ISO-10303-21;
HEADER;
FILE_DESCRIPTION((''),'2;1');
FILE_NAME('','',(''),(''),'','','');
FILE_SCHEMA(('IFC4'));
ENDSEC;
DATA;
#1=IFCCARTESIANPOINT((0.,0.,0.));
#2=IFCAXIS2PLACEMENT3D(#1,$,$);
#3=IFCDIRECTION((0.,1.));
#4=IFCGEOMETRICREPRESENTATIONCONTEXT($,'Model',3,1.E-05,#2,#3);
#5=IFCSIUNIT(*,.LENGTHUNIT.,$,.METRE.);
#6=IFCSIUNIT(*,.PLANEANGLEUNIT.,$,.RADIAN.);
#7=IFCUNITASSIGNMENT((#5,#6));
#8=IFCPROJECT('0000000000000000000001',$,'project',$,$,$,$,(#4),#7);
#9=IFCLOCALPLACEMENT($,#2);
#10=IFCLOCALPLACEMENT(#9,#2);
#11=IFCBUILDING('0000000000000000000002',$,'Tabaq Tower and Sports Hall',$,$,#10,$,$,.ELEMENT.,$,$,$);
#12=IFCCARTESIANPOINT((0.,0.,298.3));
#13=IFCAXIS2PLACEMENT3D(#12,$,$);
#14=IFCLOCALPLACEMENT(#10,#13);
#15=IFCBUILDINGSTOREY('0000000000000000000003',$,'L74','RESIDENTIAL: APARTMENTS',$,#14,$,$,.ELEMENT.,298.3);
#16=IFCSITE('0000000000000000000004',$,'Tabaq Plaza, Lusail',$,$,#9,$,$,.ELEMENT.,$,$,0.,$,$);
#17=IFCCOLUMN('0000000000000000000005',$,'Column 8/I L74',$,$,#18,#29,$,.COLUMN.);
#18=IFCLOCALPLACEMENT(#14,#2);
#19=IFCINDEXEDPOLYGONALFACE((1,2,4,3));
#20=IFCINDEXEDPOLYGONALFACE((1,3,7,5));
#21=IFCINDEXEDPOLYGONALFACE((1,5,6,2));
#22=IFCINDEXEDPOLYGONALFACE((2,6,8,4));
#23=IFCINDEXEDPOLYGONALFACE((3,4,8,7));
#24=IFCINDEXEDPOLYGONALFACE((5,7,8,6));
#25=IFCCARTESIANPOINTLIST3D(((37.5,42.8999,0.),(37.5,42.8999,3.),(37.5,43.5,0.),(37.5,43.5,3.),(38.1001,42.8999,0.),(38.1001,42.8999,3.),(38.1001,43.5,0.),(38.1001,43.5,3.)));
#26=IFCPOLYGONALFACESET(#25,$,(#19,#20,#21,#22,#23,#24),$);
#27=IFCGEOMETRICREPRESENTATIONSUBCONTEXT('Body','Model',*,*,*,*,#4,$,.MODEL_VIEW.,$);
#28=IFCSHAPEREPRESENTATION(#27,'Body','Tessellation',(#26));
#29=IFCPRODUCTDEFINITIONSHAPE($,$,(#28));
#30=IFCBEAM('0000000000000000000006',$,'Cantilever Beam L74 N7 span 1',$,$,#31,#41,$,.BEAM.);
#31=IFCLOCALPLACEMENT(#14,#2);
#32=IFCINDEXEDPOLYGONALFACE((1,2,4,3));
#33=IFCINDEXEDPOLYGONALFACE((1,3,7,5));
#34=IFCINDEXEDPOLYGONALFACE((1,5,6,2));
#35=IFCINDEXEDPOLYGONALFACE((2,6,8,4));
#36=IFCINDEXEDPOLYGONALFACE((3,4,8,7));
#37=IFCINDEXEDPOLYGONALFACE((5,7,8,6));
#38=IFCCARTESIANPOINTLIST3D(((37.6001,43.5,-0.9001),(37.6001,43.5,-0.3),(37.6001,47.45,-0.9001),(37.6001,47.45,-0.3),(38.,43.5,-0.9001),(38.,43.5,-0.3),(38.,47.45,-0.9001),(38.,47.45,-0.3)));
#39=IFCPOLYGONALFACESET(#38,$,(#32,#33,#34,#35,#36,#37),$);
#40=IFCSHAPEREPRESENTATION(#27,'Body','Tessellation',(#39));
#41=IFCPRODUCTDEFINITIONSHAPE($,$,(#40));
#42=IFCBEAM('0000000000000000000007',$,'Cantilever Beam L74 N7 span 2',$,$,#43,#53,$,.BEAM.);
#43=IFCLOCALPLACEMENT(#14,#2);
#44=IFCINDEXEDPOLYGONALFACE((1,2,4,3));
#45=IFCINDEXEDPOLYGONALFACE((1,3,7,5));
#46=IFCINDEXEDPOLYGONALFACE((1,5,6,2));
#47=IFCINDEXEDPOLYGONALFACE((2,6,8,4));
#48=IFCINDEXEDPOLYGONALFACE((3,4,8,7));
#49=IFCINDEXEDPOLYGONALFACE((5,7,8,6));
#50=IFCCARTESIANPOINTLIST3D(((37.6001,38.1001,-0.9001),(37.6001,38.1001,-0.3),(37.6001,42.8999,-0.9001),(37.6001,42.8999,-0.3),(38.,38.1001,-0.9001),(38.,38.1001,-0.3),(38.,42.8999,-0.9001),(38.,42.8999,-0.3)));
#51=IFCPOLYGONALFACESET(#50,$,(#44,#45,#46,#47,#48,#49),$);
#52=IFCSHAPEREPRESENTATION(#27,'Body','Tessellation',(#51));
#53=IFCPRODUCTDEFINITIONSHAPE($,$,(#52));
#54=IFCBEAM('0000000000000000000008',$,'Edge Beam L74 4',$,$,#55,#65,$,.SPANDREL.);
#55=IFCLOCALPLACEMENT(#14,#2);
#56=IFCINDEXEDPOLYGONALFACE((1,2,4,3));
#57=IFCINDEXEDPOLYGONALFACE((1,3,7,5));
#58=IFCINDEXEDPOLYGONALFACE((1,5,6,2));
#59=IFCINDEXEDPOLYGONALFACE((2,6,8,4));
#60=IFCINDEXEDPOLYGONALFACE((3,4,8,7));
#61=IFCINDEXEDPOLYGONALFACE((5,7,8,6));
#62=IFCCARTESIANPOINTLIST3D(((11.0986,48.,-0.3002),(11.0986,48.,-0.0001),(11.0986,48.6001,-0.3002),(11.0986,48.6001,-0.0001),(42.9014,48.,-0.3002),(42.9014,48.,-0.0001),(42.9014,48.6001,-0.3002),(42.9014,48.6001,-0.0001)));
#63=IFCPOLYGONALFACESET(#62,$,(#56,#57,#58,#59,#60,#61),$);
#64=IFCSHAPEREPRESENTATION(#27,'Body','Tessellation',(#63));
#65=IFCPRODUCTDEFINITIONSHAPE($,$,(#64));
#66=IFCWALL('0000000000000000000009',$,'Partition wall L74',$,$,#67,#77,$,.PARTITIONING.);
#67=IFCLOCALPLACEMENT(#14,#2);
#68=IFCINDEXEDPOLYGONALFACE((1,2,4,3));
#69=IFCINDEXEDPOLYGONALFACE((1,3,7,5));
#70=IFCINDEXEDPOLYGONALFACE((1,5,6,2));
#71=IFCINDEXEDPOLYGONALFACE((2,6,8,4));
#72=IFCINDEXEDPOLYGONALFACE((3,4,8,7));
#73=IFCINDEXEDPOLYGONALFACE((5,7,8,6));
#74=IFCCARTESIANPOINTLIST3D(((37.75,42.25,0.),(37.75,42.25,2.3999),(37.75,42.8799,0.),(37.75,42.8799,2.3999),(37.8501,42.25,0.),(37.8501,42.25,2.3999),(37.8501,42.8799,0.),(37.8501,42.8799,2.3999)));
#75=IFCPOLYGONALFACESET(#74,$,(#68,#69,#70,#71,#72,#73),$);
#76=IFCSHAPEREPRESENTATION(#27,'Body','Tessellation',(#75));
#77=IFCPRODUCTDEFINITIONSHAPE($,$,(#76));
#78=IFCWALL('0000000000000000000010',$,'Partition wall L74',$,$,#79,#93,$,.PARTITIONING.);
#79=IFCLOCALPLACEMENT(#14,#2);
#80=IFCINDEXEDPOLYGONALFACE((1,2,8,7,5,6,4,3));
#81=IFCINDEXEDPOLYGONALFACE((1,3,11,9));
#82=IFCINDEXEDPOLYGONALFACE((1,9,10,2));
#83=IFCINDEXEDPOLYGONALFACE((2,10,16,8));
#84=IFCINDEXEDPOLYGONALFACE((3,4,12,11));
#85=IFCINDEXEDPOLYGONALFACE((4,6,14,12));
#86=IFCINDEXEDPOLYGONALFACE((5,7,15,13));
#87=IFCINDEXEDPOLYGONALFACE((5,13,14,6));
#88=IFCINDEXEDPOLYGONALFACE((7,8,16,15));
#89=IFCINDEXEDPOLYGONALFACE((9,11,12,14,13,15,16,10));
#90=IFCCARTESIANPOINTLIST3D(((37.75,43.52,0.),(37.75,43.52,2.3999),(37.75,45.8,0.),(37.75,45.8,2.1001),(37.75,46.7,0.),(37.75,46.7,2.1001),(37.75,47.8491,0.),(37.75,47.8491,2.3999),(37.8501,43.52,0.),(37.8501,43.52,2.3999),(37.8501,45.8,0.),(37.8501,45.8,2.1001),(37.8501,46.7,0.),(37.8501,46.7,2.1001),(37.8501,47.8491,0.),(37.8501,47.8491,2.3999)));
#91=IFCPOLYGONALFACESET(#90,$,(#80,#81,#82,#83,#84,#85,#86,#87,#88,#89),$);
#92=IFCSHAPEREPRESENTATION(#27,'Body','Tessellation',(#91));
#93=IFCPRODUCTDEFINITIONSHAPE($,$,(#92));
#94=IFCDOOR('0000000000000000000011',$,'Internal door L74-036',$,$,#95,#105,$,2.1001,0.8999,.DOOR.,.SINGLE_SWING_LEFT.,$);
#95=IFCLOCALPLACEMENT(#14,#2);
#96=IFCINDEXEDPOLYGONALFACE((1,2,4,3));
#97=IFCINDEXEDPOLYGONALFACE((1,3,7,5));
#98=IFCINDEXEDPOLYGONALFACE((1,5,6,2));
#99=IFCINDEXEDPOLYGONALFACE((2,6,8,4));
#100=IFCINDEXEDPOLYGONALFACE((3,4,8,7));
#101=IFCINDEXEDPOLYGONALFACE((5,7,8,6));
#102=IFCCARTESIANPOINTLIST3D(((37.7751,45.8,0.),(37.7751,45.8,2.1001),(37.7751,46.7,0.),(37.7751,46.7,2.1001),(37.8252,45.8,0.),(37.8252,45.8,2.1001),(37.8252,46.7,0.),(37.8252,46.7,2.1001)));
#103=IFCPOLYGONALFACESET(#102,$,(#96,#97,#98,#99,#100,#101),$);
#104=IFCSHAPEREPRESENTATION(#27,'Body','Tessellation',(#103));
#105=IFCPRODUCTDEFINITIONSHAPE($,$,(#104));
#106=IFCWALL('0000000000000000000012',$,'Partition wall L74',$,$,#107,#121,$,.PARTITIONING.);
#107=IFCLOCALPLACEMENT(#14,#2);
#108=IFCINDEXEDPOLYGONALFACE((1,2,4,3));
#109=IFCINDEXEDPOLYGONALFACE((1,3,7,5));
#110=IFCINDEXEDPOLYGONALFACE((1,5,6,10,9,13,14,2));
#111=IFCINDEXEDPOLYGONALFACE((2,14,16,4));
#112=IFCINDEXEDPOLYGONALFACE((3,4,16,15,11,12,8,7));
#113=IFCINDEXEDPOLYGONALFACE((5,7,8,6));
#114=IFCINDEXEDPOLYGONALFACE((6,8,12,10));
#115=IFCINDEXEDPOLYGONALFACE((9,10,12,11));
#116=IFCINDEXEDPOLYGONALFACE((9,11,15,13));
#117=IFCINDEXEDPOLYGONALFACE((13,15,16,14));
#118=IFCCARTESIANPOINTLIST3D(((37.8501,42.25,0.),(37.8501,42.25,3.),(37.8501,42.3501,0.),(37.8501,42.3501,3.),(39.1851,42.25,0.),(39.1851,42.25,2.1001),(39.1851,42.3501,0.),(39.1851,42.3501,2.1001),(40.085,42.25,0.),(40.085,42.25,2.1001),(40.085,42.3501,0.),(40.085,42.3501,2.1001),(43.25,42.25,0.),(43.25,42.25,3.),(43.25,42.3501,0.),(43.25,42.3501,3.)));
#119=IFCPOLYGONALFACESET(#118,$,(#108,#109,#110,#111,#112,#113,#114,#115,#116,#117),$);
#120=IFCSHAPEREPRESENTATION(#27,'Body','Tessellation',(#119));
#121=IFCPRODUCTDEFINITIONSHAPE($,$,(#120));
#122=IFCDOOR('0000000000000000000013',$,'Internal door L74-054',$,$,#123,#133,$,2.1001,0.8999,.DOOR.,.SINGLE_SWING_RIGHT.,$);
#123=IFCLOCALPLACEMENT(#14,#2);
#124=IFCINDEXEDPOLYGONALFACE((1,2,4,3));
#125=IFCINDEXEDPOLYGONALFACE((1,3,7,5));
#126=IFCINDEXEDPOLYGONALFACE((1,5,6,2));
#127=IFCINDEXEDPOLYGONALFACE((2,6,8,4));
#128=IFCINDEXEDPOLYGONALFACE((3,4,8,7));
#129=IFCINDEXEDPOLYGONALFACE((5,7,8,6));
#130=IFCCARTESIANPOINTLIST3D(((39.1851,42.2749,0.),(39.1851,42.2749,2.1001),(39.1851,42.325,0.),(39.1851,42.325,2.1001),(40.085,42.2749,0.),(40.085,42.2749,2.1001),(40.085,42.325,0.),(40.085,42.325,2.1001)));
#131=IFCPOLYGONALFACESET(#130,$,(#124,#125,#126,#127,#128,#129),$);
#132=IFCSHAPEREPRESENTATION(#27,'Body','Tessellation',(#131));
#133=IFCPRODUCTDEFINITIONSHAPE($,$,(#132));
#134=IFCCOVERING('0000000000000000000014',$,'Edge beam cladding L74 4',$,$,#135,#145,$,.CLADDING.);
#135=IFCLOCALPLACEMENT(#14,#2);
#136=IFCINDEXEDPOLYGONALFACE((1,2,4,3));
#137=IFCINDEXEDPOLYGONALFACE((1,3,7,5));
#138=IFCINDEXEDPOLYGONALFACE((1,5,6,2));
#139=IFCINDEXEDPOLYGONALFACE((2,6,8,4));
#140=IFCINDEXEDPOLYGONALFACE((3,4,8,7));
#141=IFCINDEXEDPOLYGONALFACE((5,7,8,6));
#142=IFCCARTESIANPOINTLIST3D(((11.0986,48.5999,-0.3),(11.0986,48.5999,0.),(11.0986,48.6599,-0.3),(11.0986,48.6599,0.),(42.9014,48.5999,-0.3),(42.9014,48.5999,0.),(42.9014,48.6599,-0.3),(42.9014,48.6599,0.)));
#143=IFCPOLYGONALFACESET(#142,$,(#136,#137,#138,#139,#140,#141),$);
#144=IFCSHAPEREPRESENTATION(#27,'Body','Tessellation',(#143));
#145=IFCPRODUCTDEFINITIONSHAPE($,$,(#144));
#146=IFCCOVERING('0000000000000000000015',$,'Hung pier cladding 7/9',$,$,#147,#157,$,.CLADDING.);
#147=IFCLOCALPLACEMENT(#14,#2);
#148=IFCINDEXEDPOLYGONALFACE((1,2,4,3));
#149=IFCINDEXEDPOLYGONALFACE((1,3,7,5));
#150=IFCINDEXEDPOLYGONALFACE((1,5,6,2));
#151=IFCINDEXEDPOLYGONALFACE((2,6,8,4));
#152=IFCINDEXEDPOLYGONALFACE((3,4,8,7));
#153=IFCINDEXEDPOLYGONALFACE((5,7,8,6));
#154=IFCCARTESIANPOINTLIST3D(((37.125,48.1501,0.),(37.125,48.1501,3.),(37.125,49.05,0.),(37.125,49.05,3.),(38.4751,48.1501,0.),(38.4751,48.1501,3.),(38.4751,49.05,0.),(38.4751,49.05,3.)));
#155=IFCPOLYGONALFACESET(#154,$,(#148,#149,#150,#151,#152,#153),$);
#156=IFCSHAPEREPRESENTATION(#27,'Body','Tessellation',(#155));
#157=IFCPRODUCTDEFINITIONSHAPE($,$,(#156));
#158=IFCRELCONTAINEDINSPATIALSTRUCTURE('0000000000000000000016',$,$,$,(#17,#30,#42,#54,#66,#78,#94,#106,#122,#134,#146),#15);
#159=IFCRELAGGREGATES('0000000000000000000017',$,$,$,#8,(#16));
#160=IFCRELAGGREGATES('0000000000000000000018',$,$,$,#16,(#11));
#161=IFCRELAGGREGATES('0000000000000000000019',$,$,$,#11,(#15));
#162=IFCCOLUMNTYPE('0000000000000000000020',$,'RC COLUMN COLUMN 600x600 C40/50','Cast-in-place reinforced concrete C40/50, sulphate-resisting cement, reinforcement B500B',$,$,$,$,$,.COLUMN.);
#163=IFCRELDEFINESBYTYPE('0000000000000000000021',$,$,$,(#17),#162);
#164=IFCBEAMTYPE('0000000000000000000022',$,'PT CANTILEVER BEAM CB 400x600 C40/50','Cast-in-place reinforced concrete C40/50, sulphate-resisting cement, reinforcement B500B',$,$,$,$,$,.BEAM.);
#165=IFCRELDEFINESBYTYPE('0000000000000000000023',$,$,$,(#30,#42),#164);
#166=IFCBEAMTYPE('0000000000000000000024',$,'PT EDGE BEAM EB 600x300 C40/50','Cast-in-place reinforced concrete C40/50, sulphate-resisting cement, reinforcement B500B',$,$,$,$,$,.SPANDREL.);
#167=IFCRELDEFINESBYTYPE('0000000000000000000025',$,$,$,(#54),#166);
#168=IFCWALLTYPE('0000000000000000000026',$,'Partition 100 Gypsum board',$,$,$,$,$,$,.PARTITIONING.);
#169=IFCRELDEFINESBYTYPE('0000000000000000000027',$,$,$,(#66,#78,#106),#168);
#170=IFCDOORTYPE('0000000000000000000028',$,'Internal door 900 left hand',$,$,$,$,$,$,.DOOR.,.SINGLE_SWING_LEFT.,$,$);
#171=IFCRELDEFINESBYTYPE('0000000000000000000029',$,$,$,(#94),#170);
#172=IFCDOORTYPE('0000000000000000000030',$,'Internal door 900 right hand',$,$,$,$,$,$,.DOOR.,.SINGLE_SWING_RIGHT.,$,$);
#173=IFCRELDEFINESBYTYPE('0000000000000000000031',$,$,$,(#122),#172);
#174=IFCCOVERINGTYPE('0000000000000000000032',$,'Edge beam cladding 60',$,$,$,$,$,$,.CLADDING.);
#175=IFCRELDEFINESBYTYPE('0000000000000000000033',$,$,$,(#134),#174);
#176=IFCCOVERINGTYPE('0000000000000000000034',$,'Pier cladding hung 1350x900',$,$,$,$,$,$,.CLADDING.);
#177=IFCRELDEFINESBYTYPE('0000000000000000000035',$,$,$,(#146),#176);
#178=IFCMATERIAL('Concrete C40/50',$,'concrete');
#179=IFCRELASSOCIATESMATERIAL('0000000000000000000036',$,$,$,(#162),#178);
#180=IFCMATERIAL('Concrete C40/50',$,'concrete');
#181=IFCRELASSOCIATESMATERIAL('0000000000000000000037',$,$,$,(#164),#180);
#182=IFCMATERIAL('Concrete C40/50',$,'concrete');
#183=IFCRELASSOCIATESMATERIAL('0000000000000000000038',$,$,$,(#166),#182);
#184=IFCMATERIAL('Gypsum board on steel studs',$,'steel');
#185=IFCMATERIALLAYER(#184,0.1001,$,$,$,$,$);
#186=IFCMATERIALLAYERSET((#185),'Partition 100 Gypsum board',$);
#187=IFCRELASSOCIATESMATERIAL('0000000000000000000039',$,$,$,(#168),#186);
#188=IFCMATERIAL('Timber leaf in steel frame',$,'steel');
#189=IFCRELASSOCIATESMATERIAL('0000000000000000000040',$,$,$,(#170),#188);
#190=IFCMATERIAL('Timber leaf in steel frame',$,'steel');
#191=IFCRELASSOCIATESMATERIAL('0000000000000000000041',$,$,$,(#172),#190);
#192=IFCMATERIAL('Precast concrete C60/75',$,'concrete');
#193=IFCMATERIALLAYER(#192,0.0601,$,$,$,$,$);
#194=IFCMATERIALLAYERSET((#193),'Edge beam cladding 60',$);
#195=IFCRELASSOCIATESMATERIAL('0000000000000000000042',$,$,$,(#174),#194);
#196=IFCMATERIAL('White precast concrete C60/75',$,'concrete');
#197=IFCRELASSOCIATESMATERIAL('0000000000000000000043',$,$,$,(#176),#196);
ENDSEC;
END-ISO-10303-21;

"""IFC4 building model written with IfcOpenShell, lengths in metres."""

from ifc_helpers import new_model, si_unit, direction, frame, frame_2d, origin, origin_2d, place, context, subcontext, project, spatial, rectangle, extrude, material, layer, layer_set, material_profile, profile_set, type_object, element, fill, save


model = new_model("IFC4")

# Units and contexts
model_context = context("Model", 3, precision=1e-05, world=origin(), true_north=direction((0.0, 1.0)))
body_context = subcontext(model_context, "Body", "Model", "MODEL_VIEW")
ifc_project = project(units=[si_unit("LENGTHUNIT", "METRE"), si_unit("PLANEANGLEUNIT", "RADIAN")], contexts=[model_context])

# Site, building, storey
site_placement = place(None, origin())
site = spatial("IfcSite", under=ifc_project, at=site_placement, Name="Tabaq Plaza, Lusail", CompositionType="ELEMENT", RefElevation=0.0)
building_placement = place(site_placement, origin())
building = spatial("IfcBuilding", under=site, at=building_placement, Name="Tabaq Tower and Sports Hall", CompositionType="ELEMENT")
storey_placement = place(building_placement, frame((0.0, 0.0, 298.3)))
storey = spatial("IfcBuildingStorey", under=building, at=storey_placement, Name="L74", Description="RESIDENTIAL: APARTMENTS", CompositionType="ELEMENT", Elevation=298.3)

# Column
ifc_material_1 = material(Name="Concrete C40/50", Category="concrete")
ifc_material_profile_1 = material_profile(ifc_material_1, rectangle(XDim=0.6001, YDim=0.6001, at=origin_2d()), Name="COLUMN 600x600")
ifc_profile_set_1 = profile_set([ifc_material_profile_1], Name="Concrete C40/50")
column_type = type_object("IfcColumnType", Name="RC COLUMN COLUMN 600x600 C40/50", Description="Cast-in-place reinforced concrete C40/50, sulphate-resisting cement, reinforcement B500B", PredefinedType="COLUMN", material=ifc_profile_set_1)
column_placement = place(storey_placement, frame((37.8, 43.2, 0.0), z_axis=(0.0, 0.0, 1.0), x_axis=(1.0, 0.0, 0.0)))
element("IfcColumn", 1, at=column_placement, inside=storey, type_object=column_type, Name="Column 8/I L74", PredefinedType="COLUMN", context=body_context, shape_type="SweptSolid", body=[
    extrude(rectangle(XDim=0.6001, YDim=0.6001, at=origin_2d()), origin(), (0.0, 0.0, 1.0), 3.0),
])

# Beams
ifc_material_2 = material(Name="Concrete C40/50", Category="concrete")
ifc_material_profile_2 = material_profile(ifc_material_2, rectangle(XDim=0.3999, YDim=0.6001, at=origin_2d()), Name="CB 400x600")
ifc_profile_set_2 = profile_set([ifc_material_profile_2], Name="Concrete C40/50")
beam_type_1 = type_object("IfcBeamType", Name="PT CANTILEVER BEAM CB 400x600 C40/50", Description="Cast-in-place reinforced concrete C40/50, sulphate-resisting cement, reinforcement B500B", PredefinedType="BEAM", material=ifc_profile_set_2)
beam_1_placement = place(storey_placement, frame((37.8, 47.45, -0.6001), z_axis=(0.0, -1.0, 0.0), x_axis=(1.0, 0.0, 0.0)))
element("IfcBeam", 2, at=beam_1_placement, inside=storey, type_object=beam_type_1, Name="Cantilever Beam L74 N7 span 1", PredefinedType="BEAM", context=body_context, shape_type="SweptSolid", body=[
    extrude(rectangle(XDim=0.3999, YDim=0.6001, at=origin_2d()), origin(), (0.0, 0.0, 1.0), 3.95),
])
beam_2_placement = place(storey_placement, frame((37.8, 42.8999, -0.6001), z_axis=(0.0, -1.0, 0.0), x_axis=(1.0, 0.0, 0.0)))
element("IfcBeam", 3, at=beam_2_placement, inside=storey, type_object=beam_type_1, Name="Cantilever Beam L74 N7 span 2", PredefinedType="BEAM", context=body_context, shape_type="SweptSolid", body=[
    extrude(rectangle(XDim=0.3999, YDim=0.6001, at=origin_2d()), origin(), (0.0, 0.0, 1.0), 4.7998),
])
ifc_material_3 = material(Name="Concrete C40/50", Category="concrete")
ifc_material_profile_3 = material_profile(ifc_material_3, rectangle(XDim=0.6001, YDim=0.3, at=origin_2d()), Name="EB 600x300")
ifc_profile_set_3 = profile_set([ifc_material_profile_3], Name="Concrete C40/50")
beam_type_2 = type_object("IfcBeamType", Name="PT EDGE BEAM EB 600x300 C40/50", Description="Cast-in-place reinforced concrete C40/50, sulphate-resisting cement, reinforcement B500B", PredefinedType="SPANDREL", material=ifc_profile_set_3)
beam_3_placement = place(storey_placement, frame((42.9014, 48.3, -0.1501), z_axis=(-1.0, 0.0, 0.0), x_axis=(0.0, -1.0, 0.0)))
element("IfcBeam", 4, at=beam_3_placement, inside=storey, type_object=beam_type_2, Name="Edge Beam L74 4", PredefinedType="SPANDREL", context=body_context, shape_type="SweptSolid", body=[
    extrude(rectangle(XDim=0.6001, YDim=0.3, at=origin_2d()), origin(), (0.0, 0.0, 1.0), 31.8027),
])

# Wall
ifc_material_4 = material(Name="Gypsum board on steel studs", Category="steel")
ifc_layer_1 = layer(ifc_material_4, 0.1001)
ifc_layer_set_1 = layer_set([ifc_layer_1], Name="Partition 100 Gypsum board")
wall_type = type_object("IfcWallType", Name="Partition 100 Gypsum board", PredefinedType="PARTITIONING", material=ifc_layer_set_1)
wall_1_placement = place(storey_placement, frame((37.8, 42.25, 0.0), z_axis=(0.0, 0.0, 1.0), x_axis=(0.0, 1.0, 0.0)))
element("IfcWall", 5, at=wall_1_placement, inside=storey, type_object=wall_type, Name="Partition wall L74", PredefinedType="PARTITIONING", context=body_context, shape_type="SweptSolid", body=[
    extrude(rectangle(XDim=0.6299, YDim=0.1001, at=frame_2d((0.3149, 0.0))), origin(), (0.0, 0.0, 1.0), 2.3999),
])

# Walls, openings, doors
wall_2_placement = place(storey_placement, frame((37.8, 43.52, 0.0), z_axis=(0.0, 0.0, 1.0), x_axis=(0.0, 1.0, 0.0)))
wall_2 = element("IfcWall", 6, at=wall_2_placement, inside=storey, type_object=wall_type, Name="Partition wall L74", PredefinedType="PARTITIONING", context=body_context, shape_type="SweptSolid", body=[
    extrude(rectangle(XDim=4.3291, YDim=0.1001, at=frame_2d((2.1646, 0.0))), origin(), (0.0, 0.0, 1.0), 2.3999),
])
opening_1_placement = place(wall_2_placement, frame((2.28, 0.0, 0.0)))
opening_1 = element("IfcOpeningElement", 7, at=opening_1_placement, cuts=wall_2, PredefinedType="OPENING", context=body_context, shape_type="SweptSolid", body=[
    extrude(rectangle(XDim=0.8999, YDim=2.1001, at=frame_2d((0.45, 1.05))), frame((0.0, 0.05, 0.0), z_axis=(0.0, -1.0, 0.0), x_axis=(1.0, 0.0, 0.0)), (0.0, 0.0, 1.0), 0.1001),
])
ifc_material_5 = material(Name="Timber leaf in steel frame", Category="steel")
door_type_1 = type_object("IfcDoorType", Name="Internal door 900 left hand", OperationType="SINGLE_SWING_LEFT", PredefinedType="DOOR", material=ifc_material_5)
door_1_placement = place(opening_1_placement, origin())
door_1 = element("IfcDoor", 8, at=door_1_placement, inside=storey, type_object=door_type_1, Name="Internal door L74-036", OperationType="SINGLE_SWING_LEFT", OverallHeight=2.1001, OverallWidth=0.8999, PredefinedType="DOOR", context=body_context, shape_type="SweptSolid", body=[
    extrude(rectangle(XDim=0.8999, YDim=2.1001, at=frame_2d((0.45, 1.05))), frame((0.0, 0.0249, 0.0), z_axis=(0.0, -1.0, 0.0), x_axis=(1.0, 0.0, 0.0)), (0.0, 0.0, 1.0), 0.05),
])
fill(opening_1, door_1)
wall_3_placement = place(storey_placement, frame((37.8501, 42.3, 0.0), z_axis=(0.0, 0.0, 1.0), x_axis=(1.0, 0.0, 0.0)))
wall_3 = element("IfcWall", 9, at=wall_3_placement, inside=storey, type_object=wall_type, Name="Partition wall L74", PredefinedType="PARTITIONING", context=body_context, shape_type="SweptSolid", body=[
    extrude(rectangle(XDim=5.3999, YDim=0.1001, at=frame_2d((2.7, 0.0))), origin(), (0.0, 0.0, 1.0), 3.0),
])
opening_2_placement = place(wall_3_placement, frame((1.335, 0.0, 0.0)))
opening_2 = element("IfcOpeningElement", 10, at=opening_2_placement, cuts=wall_3, PredefinedType="OPENING", context=body_context, shape_type="SweptSolid", body=[
    extrude(rectangle(XDim=0.8999, YDim=2.1001, at=frame_2d((0.45, 1.05))), frame((0.0, 0.05, 0.0), z_axis=(0.0, -1.0, 0.0), x_axis=(1.0, 0.0, 0.0)), (0.0, 0.0, 1.0), 0.1001),
])
ifc_material_6 = material(Name="Timber leaf in steel frame", Category="steel")
door_type_2 = type_object("IfcDoorType", Name="Internal door 900 right hand", OperationType="SINGLE_SWING_RIGHT", PredefinedType="DOOR", material=ifc_material_6)
door_2_placement = place(opening_2_placement, origin())
door_2 = element("IfcDoor", 11, at=door_2_placement, inside=storey, type_object=door_type_2, Name="Internal door L74-054", OperationType="SINGLE_SWING_RIGHT", OverallHeight=2.1001, OverallWidth=0.8999, PredefinedType="DOOR", context=body_context, shape_type="SweptSolid", body=[
    extrude(rectangle(XDim=0.8999, YDim=2.1001, at=frame_2d((0.45, 1.05))), frame((0.0, 0.0249, 0.0), z_axis=(0.0, -1.0, 0.0), x_axis=(1.0, 0.0, 0.0)), (0.0, 0.0, 1.0), 0.05),
])
fill(opening_2, door_2)

# Coverings
ifc_material_7 = material(Name="Precast concrete C60/75", Category="concrete")
ifc_layer_2 = layer(ifc_material_7, 0.0601)
ifc_layer_set_2 = layer_set([ifc_layer_2], Name="Edge beam cladding 60")
covering_type_1 = type_object("IfcCoveringType", Name="Edge beam cladding 60", PredefinedType="CLADDING", material=ifc_layer_set_2)
covering_1_placement = place(storey_placement, frame((42.9014, 48.6299, -0.3), z_axis=(0.0, 0.0, 1.0), x_axis=(-1.0, 0.0, 0.0)))
element("IfcCovering", 12, at=covering_1_placement, inside=storey, type_object=covering_type_1, Name="Edge beam cladding L74 4", PredefinedType="CLADDING", context=body_context, shape_type="SweptSolid", body=[
    extrude(rectangle(XDim=31.8027, YDim=0.0601, at=frame_2d((15.9014, 0.0))), origin(), (0.0, 0.0, 1.0), 0.3),
])
ifc_material_8 = material(Name="White precast concrete C60/75", Category="concrete")
covering_type_2 = type_object("IfcCoveringType", Name="Pier cladding hung 1350x900", PredefinedType="CLADDING", material=ifc_material_8)
covering_2_placement = place(storey_placement, frame((38.4751, 48.6001, 0.0), z_axis=(0.0, 0.0, 1.0), x_axis=(-1.0, 0.0, 0.0)))
element("IfcCovering", 13, at=covering_2_placement, inside=storey, type_object=covering_type_2, Name="Hung pier cladding 7/9", PredefinedType="CLADDING", context=body_context, shape_type="SweptSolid", body=[
    extrude(rectangle(XDim=1.3501, YDim=0.8999, at=frame_2d((0.675, 0.0))), origin(), (0.0, 0.0, 1.0), 3.0),
])

save(model, "model.ifc")
